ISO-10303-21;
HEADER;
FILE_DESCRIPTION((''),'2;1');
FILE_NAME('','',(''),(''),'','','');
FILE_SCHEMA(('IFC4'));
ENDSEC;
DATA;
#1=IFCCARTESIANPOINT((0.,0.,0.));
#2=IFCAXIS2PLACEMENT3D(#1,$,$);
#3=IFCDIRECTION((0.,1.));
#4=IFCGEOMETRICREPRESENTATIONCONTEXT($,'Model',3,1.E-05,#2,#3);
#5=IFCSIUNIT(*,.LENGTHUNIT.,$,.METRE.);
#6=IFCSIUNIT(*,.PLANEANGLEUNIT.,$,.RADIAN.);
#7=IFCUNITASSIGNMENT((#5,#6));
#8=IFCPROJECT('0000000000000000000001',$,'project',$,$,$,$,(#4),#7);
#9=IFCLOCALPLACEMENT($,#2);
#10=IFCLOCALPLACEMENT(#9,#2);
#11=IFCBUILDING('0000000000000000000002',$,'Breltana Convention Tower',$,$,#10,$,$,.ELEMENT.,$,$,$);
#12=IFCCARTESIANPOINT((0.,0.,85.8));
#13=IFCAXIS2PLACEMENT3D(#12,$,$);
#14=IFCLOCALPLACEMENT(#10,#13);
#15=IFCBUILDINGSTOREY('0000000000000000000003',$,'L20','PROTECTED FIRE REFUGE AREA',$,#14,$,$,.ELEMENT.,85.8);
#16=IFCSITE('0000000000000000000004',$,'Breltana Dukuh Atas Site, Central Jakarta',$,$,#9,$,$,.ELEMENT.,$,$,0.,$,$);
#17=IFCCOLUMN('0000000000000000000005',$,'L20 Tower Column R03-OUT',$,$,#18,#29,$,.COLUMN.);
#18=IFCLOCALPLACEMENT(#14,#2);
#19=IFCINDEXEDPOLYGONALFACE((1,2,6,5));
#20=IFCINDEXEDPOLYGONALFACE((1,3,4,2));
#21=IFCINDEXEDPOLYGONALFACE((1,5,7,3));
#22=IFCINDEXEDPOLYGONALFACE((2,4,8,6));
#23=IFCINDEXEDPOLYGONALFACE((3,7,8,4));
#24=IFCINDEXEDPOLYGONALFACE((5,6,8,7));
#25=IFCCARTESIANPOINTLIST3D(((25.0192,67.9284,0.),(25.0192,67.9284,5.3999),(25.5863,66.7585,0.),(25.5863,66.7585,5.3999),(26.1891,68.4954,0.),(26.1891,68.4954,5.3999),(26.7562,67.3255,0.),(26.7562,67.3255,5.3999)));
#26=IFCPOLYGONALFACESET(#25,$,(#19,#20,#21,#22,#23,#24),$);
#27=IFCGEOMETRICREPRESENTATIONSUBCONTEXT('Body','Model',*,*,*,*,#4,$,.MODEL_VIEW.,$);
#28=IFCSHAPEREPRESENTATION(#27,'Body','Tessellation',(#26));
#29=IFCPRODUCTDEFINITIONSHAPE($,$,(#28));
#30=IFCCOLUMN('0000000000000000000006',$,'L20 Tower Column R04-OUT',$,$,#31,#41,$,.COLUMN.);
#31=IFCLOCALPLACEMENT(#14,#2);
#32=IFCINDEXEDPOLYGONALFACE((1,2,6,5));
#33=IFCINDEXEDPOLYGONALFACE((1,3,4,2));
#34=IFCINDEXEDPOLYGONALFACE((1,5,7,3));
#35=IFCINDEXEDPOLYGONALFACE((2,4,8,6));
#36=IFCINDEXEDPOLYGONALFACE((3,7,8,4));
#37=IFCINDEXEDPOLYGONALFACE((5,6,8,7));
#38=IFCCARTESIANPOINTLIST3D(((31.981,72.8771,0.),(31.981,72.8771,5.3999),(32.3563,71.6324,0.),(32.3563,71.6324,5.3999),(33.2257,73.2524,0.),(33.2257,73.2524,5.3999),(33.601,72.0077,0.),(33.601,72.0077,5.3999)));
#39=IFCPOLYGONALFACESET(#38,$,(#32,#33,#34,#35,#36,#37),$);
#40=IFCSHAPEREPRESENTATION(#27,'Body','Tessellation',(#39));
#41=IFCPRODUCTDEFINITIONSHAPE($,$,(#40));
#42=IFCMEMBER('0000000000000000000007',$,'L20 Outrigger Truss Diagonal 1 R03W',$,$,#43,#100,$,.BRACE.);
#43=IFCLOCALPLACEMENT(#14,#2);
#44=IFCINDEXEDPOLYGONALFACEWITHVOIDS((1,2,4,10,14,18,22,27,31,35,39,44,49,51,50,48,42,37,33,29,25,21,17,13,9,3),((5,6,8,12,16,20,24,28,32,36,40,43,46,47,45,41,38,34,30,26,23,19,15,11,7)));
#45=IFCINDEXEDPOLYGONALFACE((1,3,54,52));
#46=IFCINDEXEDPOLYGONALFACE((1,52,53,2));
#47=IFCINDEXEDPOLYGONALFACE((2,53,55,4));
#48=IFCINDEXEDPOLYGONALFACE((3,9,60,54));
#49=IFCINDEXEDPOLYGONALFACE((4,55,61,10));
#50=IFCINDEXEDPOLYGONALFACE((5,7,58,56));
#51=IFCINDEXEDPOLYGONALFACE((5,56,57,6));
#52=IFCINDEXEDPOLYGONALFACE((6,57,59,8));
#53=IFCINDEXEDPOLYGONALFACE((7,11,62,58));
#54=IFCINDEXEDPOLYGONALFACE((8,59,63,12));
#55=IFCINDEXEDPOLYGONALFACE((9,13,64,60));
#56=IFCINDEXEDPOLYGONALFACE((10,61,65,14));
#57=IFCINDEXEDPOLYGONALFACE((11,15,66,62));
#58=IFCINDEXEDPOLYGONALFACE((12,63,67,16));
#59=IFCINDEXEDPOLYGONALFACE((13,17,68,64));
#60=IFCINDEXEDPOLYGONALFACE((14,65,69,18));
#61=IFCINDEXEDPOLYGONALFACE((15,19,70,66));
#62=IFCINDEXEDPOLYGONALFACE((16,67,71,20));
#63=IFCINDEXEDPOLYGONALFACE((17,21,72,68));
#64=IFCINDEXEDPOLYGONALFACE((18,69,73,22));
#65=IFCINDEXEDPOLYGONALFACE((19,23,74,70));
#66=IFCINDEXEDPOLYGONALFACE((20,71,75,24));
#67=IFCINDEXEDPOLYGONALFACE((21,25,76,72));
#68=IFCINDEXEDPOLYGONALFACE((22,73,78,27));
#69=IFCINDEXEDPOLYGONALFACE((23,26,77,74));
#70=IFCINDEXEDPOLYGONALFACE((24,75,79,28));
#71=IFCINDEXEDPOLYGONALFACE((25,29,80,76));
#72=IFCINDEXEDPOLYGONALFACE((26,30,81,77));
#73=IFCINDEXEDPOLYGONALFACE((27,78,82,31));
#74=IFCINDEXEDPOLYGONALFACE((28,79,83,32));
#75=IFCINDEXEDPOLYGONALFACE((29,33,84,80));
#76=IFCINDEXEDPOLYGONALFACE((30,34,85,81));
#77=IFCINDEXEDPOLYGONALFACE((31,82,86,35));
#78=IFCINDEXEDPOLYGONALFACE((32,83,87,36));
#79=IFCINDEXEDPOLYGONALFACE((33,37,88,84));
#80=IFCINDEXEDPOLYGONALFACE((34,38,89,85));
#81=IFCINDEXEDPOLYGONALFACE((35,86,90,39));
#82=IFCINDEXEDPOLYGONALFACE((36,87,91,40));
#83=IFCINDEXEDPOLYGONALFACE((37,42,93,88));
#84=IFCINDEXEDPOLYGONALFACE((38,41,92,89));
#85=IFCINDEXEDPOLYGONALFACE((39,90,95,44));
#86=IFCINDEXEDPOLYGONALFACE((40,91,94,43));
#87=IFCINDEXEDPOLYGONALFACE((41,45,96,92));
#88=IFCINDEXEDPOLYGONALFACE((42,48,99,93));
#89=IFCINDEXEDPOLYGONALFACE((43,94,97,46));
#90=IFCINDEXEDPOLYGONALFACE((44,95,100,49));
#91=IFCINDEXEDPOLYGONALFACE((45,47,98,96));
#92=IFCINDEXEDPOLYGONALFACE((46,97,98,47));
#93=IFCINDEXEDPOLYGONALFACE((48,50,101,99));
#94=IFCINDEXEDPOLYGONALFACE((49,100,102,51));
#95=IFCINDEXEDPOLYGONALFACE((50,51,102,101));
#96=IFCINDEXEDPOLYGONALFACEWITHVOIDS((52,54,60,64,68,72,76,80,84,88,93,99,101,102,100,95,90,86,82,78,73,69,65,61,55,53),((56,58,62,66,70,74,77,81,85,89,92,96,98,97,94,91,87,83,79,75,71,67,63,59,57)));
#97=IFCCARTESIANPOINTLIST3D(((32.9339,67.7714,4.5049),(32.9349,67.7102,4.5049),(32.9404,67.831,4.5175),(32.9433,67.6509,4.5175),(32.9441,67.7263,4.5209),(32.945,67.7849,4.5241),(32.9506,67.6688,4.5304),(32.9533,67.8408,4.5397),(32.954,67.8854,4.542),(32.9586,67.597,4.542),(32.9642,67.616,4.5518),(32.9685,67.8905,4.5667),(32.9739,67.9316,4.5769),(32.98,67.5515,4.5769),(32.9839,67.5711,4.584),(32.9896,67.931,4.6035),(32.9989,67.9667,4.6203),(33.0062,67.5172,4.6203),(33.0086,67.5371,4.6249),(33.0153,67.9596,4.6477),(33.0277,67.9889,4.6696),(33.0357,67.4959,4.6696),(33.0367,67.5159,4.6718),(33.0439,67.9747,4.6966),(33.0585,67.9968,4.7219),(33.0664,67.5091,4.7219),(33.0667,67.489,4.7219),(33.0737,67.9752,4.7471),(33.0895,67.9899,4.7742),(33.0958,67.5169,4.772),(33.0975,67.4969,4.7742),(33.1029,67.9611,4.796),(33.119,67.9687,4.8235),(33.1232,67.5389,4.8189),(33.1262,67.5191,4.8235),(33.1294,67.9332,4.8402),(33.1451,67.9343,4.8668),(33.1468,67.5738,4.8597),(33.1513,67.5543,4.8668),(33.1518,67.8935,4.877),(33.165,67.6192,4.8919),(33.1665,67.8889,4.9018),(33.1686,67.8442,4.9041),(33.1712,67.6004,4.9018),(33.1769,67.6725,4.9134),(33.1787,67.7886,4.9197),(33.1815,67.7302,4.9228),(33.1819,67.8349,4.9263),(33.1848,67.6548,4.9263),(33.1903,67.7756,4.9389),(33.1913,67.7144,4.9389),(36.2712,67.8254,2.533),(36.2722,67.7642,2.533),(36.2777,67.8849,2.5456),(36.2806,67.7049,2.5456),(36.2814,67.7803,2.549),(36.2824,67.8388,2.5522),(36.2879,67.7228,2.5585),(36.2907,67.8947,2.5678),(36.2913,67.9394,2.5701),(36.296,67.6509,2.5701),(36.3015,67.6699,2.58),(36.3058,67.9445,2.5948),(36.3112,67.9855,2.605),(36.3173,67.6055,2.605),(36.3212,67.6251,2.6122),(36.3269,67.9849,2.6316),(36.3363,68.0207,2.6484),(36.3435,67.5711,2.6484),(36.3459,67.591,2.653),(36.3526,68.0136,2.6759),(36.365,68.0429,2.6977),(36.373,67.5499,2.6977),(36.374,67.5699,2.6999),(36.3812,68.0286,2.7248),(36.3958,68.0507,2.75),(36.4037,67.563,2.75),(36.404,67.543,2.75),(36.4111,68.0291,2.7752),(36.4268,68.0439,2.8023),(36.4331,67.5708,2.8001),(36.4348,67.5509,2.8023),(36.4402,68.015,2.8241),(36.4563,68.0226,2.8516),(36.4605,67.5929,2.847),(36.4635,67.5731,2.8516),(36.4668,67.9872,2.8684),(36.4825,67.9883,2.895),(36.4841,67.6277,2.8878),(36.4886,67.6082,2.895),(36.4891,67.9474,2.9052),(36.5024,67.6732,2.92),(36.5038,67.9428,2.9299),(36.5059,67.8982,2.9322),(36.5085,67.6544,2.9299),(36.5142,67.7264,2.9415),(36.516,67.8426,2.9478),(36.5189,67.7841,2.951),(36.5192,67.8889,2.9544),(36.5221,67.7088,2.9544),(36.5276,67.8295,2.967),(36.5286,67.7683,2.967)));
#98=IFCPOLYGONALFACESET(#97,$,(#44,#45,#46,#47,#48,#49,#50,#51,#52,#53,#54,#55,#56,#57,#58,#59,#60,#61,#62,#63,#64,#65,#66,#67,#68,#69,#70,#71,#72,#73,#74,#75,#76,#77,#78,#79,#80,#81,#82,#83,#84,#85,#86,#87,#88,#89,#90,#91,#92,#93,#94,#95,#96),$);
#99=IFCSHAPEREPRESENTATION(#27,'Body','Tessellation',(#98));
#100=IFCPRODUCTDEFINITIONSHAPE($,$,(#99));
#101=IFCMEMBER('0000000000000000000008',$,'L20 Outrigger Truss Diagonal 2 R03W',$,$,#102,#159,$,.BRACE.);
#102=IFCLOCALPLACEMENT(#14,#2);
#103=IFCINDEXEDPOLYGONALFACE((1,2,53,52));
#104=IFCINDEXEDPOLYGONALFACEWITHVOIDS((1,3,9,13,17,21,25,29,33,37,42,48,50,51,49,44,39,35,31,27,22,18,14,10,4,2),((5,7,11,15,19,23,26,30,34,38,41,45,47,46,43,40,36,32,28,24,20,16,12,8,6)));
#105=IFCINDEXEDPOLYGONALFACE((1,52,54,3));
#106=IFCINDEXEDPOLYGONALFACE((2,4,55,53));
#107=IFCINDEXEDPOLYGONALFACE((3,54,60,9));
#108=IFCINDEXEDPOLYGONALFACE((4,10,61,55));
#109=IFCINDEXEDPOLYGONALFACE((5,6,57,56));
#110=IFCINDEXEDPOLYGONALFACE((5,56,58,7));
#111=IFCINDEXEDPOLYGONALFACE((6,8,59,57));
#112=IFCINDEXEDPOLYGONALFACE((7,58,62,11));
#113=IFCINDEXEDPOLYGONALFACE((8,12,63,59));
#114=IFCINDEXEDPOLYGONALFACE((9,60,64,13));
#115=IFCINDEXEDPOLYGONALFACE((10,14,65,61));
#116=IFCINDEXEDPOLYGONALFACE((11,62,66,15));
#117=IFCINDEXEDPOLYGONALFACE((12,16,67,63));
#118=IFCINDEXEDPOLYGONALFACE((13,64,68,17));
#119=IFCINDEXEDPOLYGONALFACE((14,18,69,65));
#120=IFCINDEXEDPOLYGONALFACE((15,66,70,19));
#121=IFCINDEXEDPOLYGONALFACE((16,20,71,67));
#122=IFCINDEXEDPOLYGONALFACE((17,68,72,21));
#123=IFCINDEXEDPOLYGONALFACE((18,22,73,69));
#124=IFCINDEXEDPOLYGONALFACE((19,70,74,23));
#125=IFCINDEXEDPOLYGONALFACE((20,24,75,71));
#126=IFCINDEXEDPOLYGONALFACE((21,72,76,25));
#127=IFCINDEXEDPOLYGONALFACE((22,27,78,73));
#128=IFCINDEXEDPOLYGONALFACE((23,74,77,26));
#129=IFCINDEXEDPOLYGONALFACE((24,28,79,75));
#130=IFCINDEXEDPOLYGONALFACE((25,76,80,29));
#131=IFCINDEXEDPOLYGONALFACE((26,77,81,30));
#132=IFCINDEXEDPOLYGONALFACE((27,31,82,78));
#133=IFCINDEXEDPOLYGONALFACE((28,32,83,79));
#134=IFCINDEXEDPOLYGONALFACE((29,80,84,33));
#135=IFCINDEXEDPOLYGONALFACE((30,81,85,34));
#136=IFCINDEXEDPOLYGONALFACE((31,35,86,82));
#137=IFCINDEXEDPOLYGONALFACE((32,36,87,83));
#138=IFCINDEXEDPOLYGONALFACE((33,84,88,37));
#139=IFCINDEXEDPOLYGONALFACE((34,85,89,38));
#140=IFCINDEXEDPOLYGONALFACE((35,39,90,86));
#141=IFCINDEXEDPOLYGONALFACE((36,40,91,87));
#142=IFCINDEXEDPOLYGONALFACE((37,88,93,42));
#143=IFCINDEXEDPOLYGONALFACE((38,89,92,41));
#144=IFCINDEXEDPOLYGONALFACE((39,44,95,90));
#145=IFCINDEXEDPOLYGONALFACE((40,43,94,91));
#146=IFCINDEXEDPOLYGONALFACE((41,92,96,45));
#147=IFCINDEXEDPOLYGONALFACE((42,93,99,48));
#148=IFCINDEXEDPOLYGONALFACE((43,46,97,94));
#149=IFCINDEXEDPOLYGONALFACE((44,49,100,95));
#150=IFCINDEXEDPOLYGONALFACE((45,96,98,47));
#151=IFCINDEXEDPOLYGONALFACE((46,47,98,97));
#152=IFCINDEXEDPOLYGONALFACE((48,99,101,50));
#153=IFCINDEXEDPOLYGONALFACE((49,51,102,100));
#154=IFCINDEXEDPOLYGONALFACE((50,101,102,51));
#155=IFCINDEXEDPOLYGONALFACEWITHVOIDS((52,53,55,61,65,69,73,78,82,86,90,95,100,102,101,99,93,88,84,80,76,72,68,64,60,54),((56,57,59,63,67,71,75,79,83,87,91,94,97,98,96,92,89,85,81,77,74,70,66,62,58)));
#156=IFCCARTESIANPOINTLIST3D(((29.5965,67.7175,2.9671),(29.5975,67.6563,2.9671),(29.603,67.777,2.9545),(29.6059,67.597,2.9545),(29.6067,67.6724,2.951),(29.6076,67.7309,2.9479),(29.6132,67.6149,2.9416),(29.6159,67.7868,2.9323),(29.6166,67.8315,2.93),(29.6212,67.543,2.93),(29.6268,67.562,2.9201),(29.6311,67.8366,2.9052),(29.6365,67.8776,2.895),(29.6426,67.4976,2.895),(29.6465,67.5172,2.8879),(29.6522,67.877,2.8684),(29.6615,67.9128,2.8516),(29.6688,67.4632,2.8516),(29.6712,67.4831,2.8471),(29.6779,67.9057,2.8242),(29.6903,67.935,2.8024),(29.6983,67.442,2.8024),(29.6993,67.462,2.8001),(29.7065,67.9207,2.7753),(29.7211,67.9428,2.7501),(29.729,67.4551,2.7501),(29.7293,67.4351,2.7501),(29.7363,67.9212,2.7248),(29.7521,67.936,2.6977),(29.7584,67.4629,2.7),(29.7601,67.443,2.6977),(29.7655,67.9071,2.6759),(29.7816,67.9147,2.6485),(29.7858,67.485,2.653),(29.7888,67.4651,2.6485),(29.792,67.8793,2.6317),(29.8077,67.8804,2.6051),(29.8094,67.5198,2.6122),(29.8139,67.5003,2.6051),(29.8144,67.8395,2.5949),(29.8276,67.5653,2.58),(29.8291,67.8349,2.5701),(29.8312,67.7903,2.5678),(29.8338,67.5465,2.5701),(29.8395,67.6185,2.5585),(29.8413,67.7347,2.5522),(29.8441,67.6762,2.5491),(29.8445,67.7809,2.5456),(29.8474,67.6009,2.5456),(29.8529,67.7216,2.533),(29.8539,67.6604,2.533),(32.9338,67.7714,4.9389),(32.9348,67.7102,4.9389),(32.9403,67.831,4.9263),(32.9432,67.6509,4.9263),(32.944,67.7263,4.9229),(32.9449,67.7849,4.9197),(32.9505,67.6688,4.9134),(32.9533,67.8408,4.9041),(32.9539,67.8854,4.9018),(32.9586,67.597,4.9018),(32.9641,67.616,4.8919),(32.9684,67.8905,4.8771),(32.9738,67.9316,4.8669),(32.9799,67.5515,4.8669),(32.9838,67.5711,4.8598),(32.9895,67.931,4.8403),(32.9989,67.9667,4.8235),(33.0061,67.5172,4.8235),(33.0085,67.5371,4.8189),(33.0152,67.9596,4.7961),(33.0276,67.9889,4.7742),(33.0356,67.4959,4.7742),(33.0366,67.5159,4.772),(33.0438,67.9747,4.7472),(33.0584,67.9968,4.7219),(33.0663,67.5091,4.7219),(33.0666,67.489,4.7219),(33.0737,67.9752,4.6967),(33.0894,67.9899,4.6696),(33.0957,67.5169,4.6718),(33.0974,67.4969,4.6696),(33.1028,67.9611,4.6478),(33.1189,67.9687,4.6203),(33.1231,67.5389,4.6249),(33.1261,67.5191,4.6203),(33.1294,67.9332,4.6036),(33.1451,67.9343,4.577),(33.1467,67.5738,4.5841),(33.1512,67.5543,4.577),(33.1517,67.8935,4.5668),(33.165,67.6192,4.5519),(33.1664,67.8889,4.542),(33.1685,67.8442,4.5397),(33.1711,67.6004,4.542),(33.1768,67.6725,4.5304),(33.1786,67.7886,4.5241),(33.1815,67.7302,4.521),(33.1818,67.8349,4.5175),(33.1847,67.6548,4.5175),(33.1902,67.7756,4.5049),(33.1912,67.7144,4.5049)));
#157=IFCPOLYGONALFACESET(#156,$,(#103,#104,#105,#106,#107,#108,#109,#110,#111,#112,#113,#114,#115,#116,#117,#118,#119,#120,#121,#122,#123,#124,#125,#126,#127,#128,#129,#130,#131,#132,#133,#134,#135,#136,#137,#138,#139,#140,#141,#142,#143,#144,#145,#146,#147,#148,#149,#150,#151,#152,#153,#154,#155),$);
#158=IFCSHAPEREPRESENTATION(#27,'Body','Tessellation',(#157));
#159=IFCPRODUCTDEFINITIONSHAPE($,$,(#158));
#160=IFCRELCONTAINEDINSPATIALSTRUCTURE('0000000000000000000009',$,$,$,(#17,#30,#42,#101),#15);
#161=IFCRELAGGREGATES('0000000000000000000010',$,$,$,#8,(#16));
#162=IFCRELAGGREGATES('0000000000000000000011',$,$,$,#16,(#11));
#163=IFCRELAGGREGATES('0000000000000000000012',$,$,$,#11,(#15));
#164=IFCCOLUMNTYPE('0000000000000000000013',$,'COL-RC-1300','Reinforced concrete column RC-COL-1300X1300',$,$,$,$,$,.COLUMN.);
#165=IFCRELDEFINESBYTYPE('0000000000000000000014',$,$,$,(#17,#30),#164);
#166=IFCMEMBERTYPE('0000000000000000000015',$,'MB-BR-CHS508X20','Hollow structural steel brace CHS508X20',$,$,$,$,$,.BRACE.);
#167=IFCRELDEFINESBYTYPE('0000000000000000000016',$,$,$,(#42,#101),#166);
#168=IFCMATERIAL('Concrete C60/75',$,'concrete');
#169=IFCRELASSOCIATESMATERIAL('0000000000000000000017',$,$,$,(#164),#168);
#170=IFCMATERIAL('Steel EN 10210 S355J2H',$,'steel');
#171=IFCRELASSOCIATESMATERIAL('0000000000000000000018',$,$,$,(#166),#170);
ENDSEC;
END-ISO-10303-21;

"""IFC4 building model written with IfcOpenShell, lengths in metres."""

from ifc_helpers import new_model, si_unit, direction, frame, origin, origin_2d, place, context, subcontext, project, spatial, rectangle, hollow_circle, extrude, source, transform, mapped, material, material_profile, profile_set, type_object, type_shapes, element, save


model = new_model("IFC4")

# Units and contexts
model_context = context("Model", 3, precision=1e-05, world=origin(), true_north=direction((0.0, 1.0)))
body_context = subcontext(model_context, "Body", "Model", "MODEL_VIEW")
ifc_project = project(units=[si_unit("LENGTHUNIT", "METRE"), si_unit("PLANEANGLEUNIT", "RADIAN")], contexts=[model_context])

# Site, building, storey
site_placement = place(None, origin())
site = spatial("IfcSite", under=ifc_project, at=site_placement, Name="Breltana Dukuh Atas Site, Central Jakarta", CompositionType="ELEMENT", RefElevation=0.0)
building_placement = place(site_placement, origin())
building = spatial("IfcBuilding", under=site, at=building_placement, Name="Breltana Convention Tower", CompositionType="ELEMENT")
storey_placement = place(building_placement, frame((0.0, 0.0, 85.8)))
storey = spatial("IfcBuildingStorey", under=building, at=storey_placement, Name="L20", Description="PROTECTED FIRE REFUGE AREA", CompositionType="ELEMENT", Elevation=85.8)

# Columns
ifc_material_1 = material(Name="Concrete C60/75", Category="concrete")
ifc_material_profile_1 = material_profile(ifc_material_1, rectangle(XDim=1.3, YDim=1.3, at=origin_2d()), Name="RC-COL-1300X1300")
ifc_profile_set_1 = profile_set([ifc_material_profile_1], Name="Concrete C60/75")
column_type = type_object("IfcColumnType", Name="COL-RC-1300", Description="Reinforced concrete column RC-COL-1300X1300", PredefinedType="COLUMN", material=ifc_profile_set_1)
shared_shape_1 = source(origin(), body_context, "Body", "SweptSolid", [
    extrude(rectangle(XDim=1.3, YDim=1.3, at=origin_2d()), origin(), (0.0, 0.0, 1.0), 5.3999),
])
type_shapes(column_type, [shared_shape_1])
for number, where, z_axis, x_axis, name in (
    (1, (25.8877, 67.627, 0.0), (0.0, 0.0, 1.0), (-0.436174, 0.899863, 0.0), "L20 Tower Column R03-OUT"),
    (2, (32.791, 72.4424, 0.0), (0.0, 0.0, 1.0), (-0.288698, 0.95742, 0.0), "L20 Tower Column R04-OUT"),
):
    element("IfcColumn", number, at=place(storey_placement, frame(where, z_axis=z_axis, x_axis=x_axis)), inside=storey, type_object=column_type, Name=name, PredefinedType="COLUMN", context=body_context, shape_type="MappedRepresentation", body=[
        mapped(shared_shape_1, transform((0.0, 0.0, 0.0), scale=1.0)),
    ])

# Members
ifc_material_2 = material(Name="Steel EN 10210 S355J2H", Category="steel")
ifc_material_profile_2 = material_profile(ifc_material_2, hollow_circle(Radius=0.2539, WallThickness=0.02, at=origin_2d()), Name="CHS508X20")
ifc_profile_set_2 = profile_set([ifc_material_profile_2], Name="Steel EN 10210 S355J2H")
member_type_1 = type_object("IfcMemberType", Name="MB-BR-CHS508X20", Description="Hollow structural steel brace CHS508X20", PredefinedType="BRACE", material=ifc_profile_set_2)
shared_shape_2 = source(origin(), body_context, "Body", "SweptSolid", [
    extrude(hollow_circle(Radius=0.2539, WallThickness=0.02, at=origin_2d()), origin(), (0.0, 0.0, 1.0), 3.8767),
])
for number, where, z_axis, x_axis, name in (
    (3, (36.3999, 67.7969, 2.75), (-0.860863, -0.013917, 0.508646), (0.016165, -0.999869, 0.0), "L20 Outrigger Truss Diagonal 1 R03W"),
    (4, (33.0625, 67.7429, 4.7219), (-0.860863, -0.013917, -0.508646), (0.016165, -0.999869, 0.0), "L20 Outrigger Truss Diagonal 2 R03W"),
):
    element("IfcMember", number, at=place(storey_placement, frame(where, z_axis=z_axis, x_axis=x_axis)), inside=storey, type_object=member_type_1, Name=name, PredefinedType="BRACE", context=body_context, shape_type="MappedRepresentation", body=[
        mapped(shared_shape_2, transform((0.0, 0.0, 0.0), scale=1.0)),
    ])

save(model, "model.ifc")
